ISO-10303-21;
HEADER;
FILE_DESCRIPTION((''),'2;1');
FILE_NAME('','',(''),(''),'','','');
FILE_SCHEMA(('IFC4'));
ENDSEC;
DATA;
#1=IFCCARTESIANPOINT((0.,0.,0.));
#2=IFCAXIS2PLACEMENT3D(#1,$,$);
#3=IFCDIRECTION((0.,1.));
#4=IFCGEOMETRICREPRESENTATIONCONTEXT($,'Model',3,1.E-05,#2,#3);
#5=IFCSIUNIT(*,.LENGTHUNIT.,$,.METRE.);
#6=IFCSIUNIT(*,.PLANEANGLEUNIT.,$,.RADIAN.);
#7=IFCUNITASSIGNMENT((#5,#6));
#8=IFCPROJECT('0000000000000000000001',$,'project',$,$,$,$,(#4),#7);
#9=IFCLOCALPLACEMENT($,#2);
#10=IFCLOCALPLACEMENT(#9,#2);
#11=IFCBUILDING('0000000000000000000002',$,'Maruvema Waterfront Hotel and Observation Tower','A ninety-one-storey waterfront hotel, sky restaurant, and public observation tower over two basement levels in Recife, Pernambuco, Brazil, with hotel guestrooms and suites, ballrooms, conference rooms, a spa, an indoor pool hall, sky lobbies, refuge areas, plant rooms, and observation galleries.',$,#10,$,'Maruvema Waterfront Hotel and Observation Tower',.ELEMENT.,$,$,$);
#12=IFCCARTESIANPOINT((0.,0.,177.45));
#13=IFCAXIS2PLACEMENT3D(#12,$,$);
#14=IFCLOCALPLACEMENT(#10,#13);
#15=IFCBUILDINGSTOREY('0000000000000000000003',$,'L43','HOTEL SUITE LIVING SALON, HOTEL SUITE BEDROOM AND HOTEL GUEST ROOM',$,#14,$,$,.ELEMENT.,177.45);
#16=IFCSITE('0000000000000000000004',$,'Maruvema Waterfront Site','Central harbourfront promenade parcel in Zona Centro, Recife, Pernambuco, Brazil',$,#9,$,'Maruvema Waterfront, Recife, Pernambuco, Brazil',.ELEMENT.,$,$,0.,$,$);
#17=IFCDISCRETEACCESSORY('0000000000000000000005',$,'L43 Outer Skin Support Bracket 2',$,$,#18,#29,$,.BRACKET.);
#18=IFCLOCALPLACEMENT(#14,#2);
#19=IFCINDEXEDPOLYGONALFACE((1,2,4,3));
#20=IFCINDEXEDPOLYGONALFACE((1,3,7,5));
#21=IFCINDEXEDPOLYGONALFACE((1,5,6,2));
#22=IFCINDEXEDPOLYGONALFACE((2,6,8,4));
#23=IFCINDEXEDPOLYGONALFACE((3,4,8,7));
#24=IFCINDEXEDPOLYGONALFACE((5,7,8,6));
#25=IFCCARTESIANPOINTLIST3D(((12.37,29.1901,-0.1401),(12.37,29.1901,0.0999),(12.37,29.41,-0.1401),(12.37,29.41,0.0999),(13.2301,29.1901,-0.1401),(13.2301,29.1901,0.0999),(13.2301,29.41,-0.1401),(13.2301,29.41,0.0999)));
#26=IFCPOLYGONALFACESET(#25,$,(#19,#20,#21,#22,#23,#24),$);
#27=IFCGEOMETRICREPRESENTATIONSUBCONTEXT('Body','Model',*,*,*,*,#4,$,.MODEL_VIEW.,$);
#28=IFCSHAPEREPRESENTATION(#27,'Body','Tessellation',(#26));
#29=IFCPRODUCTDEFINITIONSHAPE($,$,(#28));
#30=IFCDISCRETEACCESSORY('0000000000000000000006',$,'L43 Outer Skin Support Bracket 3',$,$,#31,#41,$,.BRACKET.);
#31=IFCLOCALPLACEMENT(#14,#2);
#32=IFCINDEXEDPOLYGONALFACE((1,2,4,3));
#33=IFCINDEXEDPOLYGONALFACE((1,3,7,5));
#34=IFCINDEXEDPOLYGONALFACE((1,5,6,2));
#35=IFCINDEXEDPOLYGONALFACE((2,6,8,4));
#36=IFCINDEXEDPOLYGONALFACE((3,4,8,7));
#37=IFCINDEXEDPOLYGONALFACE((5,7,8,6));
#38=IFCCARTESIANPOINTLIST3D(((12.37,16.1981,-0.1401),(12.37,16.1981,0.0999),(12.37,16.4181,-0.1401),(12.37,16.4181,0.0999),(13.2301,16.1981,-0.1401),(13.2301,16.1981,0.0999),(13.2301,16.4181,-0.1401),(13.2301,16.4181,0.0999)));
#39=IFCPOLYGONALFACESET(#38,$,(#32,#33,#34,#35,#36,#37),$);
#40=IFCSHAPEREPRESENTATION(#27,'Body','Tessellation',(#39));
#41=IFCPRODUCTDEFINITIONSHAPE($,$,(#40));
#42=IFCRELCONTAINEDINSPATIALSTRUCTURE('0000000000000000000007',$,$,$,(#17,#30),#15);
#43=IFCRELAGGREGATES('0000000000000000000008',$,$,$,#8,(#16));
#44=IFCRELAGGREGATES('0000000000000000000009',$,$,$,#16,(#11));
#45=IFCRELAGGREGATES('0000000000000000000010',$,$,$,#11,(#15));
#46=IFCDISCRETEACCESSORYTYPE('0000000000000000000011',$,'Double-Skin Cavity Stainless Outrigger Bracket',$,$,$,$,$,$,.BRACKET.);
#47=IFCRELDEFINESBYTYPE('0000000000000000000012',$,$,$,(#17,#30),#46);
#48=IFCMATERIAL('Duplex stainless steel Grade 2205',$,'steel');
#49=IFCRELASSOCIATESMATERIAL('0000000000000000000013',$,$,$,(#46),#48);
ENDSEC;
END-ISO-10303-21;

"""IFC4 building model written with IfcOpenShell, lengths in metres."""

from ifc_helpers import new_model, si_unit, direction, frame, origin, origin_2d, place, context, subcontext, project, spatial, rectangle, extrude, material, type_object, element, save


model = new_model("IFC4")

# Units and contexts
model_context = context("Model", 3, precision=1e-05, world=origin(), true_north=direction((0.0, 1.0)))
body_context = subcontext(model_context, "Body", "Model", "MODEL_VIEW")
ifc_project = project(units=[si_unit("LENGTHUNIT", "METRE"), si_unit("PLANEANGLEUNIT", "RADIAN")], contexts=[model_context])

# Site, building, storey
site_placement = place(None, origin())
site = spatial("IfcSite", under=ifc_project, at=site_placement, Name="Maruvema Waterfront Site", Description="Central harbourfront promenade parcel in Zona Centro, Recife, Pernambuco, Brazil", LongName="Maruvema Waterfront, Recife, Pernambuco, Brazil", CompositionType="ELEMENT", RefElevation=0.0)
building_placement = place(site_placement, origin())
building = spatial("IfcBuilding", under=site, at=building_placement, Name="Maruvema Waterfront Hotel and Observation Tower", Description="A ninety-one-storey waterfront hotel, sky restaurant, and public observation tower over two basement levels in Recife, Pernambuco, Brazil, with hotel guestrooms and suites, ballrooms, conference rooms, a spa, an indoor pool hall, sky lobbies, refuge areas, plant rooms, and observation galleries.", LongName="Maruvema Waterfront Hotel and Observation Tower", CompositionType="ELEMENT")
storey_placement = place(building_placement, frame((0.0, 0.0, 177.45)))
storey = spatial("IfcBuildingStorey", under=building, at=storey_placement, Name="L43", Description="HOTEL SUITE LIVING SALON, HOTEL SUITE BEDROOM AND HOTEL GUEST ROOM", CompositionType="ELEMENT", Elevation=177.45)

# Discrete accessories
ifc_material_1 = material(Name="Duplex stainless steel Grade 2205", Category="steel")
discrete_accessory_type = type_object("IfcDiscreteAccessoryType", Name="Double-Skin Cavity Stainless Outrigger Bracket", PredefinedType="BRACKET", material=ifc_material_1)
for number, where, z_axis, x_axis, name in (
    (1, (12.8, 29.3, -0.1401), (0.0, 0.0, 1.0), (0.0, -1.0, 0.0), "L43 Outer Skin Support Bracket 2"),
    (2, (12.8, 16.3081, -0.1401), (0.0, 0.0, 1.0), (0.0, -1.0, 0.0), "L43 Outer Skin Support Bracket 3"),
):
    element("IfcDiscreteAccessory", number, at=place(storey_placement, frame(where, z_axis=z_axis, x_axis=x_axis)), inside=storey, type_object=discrete_accessory_type, Name=name, PredefinedType="BRACKET", context=body_context, shape_type="SweptSolid", body=[
        extrude(rectangle(XDim=0.22, YDim=0.8601, at=origin_2d()), origin(), (0.0, 0.0, 1.0), 0.24),
    ])

save(model, "model.ifc")
